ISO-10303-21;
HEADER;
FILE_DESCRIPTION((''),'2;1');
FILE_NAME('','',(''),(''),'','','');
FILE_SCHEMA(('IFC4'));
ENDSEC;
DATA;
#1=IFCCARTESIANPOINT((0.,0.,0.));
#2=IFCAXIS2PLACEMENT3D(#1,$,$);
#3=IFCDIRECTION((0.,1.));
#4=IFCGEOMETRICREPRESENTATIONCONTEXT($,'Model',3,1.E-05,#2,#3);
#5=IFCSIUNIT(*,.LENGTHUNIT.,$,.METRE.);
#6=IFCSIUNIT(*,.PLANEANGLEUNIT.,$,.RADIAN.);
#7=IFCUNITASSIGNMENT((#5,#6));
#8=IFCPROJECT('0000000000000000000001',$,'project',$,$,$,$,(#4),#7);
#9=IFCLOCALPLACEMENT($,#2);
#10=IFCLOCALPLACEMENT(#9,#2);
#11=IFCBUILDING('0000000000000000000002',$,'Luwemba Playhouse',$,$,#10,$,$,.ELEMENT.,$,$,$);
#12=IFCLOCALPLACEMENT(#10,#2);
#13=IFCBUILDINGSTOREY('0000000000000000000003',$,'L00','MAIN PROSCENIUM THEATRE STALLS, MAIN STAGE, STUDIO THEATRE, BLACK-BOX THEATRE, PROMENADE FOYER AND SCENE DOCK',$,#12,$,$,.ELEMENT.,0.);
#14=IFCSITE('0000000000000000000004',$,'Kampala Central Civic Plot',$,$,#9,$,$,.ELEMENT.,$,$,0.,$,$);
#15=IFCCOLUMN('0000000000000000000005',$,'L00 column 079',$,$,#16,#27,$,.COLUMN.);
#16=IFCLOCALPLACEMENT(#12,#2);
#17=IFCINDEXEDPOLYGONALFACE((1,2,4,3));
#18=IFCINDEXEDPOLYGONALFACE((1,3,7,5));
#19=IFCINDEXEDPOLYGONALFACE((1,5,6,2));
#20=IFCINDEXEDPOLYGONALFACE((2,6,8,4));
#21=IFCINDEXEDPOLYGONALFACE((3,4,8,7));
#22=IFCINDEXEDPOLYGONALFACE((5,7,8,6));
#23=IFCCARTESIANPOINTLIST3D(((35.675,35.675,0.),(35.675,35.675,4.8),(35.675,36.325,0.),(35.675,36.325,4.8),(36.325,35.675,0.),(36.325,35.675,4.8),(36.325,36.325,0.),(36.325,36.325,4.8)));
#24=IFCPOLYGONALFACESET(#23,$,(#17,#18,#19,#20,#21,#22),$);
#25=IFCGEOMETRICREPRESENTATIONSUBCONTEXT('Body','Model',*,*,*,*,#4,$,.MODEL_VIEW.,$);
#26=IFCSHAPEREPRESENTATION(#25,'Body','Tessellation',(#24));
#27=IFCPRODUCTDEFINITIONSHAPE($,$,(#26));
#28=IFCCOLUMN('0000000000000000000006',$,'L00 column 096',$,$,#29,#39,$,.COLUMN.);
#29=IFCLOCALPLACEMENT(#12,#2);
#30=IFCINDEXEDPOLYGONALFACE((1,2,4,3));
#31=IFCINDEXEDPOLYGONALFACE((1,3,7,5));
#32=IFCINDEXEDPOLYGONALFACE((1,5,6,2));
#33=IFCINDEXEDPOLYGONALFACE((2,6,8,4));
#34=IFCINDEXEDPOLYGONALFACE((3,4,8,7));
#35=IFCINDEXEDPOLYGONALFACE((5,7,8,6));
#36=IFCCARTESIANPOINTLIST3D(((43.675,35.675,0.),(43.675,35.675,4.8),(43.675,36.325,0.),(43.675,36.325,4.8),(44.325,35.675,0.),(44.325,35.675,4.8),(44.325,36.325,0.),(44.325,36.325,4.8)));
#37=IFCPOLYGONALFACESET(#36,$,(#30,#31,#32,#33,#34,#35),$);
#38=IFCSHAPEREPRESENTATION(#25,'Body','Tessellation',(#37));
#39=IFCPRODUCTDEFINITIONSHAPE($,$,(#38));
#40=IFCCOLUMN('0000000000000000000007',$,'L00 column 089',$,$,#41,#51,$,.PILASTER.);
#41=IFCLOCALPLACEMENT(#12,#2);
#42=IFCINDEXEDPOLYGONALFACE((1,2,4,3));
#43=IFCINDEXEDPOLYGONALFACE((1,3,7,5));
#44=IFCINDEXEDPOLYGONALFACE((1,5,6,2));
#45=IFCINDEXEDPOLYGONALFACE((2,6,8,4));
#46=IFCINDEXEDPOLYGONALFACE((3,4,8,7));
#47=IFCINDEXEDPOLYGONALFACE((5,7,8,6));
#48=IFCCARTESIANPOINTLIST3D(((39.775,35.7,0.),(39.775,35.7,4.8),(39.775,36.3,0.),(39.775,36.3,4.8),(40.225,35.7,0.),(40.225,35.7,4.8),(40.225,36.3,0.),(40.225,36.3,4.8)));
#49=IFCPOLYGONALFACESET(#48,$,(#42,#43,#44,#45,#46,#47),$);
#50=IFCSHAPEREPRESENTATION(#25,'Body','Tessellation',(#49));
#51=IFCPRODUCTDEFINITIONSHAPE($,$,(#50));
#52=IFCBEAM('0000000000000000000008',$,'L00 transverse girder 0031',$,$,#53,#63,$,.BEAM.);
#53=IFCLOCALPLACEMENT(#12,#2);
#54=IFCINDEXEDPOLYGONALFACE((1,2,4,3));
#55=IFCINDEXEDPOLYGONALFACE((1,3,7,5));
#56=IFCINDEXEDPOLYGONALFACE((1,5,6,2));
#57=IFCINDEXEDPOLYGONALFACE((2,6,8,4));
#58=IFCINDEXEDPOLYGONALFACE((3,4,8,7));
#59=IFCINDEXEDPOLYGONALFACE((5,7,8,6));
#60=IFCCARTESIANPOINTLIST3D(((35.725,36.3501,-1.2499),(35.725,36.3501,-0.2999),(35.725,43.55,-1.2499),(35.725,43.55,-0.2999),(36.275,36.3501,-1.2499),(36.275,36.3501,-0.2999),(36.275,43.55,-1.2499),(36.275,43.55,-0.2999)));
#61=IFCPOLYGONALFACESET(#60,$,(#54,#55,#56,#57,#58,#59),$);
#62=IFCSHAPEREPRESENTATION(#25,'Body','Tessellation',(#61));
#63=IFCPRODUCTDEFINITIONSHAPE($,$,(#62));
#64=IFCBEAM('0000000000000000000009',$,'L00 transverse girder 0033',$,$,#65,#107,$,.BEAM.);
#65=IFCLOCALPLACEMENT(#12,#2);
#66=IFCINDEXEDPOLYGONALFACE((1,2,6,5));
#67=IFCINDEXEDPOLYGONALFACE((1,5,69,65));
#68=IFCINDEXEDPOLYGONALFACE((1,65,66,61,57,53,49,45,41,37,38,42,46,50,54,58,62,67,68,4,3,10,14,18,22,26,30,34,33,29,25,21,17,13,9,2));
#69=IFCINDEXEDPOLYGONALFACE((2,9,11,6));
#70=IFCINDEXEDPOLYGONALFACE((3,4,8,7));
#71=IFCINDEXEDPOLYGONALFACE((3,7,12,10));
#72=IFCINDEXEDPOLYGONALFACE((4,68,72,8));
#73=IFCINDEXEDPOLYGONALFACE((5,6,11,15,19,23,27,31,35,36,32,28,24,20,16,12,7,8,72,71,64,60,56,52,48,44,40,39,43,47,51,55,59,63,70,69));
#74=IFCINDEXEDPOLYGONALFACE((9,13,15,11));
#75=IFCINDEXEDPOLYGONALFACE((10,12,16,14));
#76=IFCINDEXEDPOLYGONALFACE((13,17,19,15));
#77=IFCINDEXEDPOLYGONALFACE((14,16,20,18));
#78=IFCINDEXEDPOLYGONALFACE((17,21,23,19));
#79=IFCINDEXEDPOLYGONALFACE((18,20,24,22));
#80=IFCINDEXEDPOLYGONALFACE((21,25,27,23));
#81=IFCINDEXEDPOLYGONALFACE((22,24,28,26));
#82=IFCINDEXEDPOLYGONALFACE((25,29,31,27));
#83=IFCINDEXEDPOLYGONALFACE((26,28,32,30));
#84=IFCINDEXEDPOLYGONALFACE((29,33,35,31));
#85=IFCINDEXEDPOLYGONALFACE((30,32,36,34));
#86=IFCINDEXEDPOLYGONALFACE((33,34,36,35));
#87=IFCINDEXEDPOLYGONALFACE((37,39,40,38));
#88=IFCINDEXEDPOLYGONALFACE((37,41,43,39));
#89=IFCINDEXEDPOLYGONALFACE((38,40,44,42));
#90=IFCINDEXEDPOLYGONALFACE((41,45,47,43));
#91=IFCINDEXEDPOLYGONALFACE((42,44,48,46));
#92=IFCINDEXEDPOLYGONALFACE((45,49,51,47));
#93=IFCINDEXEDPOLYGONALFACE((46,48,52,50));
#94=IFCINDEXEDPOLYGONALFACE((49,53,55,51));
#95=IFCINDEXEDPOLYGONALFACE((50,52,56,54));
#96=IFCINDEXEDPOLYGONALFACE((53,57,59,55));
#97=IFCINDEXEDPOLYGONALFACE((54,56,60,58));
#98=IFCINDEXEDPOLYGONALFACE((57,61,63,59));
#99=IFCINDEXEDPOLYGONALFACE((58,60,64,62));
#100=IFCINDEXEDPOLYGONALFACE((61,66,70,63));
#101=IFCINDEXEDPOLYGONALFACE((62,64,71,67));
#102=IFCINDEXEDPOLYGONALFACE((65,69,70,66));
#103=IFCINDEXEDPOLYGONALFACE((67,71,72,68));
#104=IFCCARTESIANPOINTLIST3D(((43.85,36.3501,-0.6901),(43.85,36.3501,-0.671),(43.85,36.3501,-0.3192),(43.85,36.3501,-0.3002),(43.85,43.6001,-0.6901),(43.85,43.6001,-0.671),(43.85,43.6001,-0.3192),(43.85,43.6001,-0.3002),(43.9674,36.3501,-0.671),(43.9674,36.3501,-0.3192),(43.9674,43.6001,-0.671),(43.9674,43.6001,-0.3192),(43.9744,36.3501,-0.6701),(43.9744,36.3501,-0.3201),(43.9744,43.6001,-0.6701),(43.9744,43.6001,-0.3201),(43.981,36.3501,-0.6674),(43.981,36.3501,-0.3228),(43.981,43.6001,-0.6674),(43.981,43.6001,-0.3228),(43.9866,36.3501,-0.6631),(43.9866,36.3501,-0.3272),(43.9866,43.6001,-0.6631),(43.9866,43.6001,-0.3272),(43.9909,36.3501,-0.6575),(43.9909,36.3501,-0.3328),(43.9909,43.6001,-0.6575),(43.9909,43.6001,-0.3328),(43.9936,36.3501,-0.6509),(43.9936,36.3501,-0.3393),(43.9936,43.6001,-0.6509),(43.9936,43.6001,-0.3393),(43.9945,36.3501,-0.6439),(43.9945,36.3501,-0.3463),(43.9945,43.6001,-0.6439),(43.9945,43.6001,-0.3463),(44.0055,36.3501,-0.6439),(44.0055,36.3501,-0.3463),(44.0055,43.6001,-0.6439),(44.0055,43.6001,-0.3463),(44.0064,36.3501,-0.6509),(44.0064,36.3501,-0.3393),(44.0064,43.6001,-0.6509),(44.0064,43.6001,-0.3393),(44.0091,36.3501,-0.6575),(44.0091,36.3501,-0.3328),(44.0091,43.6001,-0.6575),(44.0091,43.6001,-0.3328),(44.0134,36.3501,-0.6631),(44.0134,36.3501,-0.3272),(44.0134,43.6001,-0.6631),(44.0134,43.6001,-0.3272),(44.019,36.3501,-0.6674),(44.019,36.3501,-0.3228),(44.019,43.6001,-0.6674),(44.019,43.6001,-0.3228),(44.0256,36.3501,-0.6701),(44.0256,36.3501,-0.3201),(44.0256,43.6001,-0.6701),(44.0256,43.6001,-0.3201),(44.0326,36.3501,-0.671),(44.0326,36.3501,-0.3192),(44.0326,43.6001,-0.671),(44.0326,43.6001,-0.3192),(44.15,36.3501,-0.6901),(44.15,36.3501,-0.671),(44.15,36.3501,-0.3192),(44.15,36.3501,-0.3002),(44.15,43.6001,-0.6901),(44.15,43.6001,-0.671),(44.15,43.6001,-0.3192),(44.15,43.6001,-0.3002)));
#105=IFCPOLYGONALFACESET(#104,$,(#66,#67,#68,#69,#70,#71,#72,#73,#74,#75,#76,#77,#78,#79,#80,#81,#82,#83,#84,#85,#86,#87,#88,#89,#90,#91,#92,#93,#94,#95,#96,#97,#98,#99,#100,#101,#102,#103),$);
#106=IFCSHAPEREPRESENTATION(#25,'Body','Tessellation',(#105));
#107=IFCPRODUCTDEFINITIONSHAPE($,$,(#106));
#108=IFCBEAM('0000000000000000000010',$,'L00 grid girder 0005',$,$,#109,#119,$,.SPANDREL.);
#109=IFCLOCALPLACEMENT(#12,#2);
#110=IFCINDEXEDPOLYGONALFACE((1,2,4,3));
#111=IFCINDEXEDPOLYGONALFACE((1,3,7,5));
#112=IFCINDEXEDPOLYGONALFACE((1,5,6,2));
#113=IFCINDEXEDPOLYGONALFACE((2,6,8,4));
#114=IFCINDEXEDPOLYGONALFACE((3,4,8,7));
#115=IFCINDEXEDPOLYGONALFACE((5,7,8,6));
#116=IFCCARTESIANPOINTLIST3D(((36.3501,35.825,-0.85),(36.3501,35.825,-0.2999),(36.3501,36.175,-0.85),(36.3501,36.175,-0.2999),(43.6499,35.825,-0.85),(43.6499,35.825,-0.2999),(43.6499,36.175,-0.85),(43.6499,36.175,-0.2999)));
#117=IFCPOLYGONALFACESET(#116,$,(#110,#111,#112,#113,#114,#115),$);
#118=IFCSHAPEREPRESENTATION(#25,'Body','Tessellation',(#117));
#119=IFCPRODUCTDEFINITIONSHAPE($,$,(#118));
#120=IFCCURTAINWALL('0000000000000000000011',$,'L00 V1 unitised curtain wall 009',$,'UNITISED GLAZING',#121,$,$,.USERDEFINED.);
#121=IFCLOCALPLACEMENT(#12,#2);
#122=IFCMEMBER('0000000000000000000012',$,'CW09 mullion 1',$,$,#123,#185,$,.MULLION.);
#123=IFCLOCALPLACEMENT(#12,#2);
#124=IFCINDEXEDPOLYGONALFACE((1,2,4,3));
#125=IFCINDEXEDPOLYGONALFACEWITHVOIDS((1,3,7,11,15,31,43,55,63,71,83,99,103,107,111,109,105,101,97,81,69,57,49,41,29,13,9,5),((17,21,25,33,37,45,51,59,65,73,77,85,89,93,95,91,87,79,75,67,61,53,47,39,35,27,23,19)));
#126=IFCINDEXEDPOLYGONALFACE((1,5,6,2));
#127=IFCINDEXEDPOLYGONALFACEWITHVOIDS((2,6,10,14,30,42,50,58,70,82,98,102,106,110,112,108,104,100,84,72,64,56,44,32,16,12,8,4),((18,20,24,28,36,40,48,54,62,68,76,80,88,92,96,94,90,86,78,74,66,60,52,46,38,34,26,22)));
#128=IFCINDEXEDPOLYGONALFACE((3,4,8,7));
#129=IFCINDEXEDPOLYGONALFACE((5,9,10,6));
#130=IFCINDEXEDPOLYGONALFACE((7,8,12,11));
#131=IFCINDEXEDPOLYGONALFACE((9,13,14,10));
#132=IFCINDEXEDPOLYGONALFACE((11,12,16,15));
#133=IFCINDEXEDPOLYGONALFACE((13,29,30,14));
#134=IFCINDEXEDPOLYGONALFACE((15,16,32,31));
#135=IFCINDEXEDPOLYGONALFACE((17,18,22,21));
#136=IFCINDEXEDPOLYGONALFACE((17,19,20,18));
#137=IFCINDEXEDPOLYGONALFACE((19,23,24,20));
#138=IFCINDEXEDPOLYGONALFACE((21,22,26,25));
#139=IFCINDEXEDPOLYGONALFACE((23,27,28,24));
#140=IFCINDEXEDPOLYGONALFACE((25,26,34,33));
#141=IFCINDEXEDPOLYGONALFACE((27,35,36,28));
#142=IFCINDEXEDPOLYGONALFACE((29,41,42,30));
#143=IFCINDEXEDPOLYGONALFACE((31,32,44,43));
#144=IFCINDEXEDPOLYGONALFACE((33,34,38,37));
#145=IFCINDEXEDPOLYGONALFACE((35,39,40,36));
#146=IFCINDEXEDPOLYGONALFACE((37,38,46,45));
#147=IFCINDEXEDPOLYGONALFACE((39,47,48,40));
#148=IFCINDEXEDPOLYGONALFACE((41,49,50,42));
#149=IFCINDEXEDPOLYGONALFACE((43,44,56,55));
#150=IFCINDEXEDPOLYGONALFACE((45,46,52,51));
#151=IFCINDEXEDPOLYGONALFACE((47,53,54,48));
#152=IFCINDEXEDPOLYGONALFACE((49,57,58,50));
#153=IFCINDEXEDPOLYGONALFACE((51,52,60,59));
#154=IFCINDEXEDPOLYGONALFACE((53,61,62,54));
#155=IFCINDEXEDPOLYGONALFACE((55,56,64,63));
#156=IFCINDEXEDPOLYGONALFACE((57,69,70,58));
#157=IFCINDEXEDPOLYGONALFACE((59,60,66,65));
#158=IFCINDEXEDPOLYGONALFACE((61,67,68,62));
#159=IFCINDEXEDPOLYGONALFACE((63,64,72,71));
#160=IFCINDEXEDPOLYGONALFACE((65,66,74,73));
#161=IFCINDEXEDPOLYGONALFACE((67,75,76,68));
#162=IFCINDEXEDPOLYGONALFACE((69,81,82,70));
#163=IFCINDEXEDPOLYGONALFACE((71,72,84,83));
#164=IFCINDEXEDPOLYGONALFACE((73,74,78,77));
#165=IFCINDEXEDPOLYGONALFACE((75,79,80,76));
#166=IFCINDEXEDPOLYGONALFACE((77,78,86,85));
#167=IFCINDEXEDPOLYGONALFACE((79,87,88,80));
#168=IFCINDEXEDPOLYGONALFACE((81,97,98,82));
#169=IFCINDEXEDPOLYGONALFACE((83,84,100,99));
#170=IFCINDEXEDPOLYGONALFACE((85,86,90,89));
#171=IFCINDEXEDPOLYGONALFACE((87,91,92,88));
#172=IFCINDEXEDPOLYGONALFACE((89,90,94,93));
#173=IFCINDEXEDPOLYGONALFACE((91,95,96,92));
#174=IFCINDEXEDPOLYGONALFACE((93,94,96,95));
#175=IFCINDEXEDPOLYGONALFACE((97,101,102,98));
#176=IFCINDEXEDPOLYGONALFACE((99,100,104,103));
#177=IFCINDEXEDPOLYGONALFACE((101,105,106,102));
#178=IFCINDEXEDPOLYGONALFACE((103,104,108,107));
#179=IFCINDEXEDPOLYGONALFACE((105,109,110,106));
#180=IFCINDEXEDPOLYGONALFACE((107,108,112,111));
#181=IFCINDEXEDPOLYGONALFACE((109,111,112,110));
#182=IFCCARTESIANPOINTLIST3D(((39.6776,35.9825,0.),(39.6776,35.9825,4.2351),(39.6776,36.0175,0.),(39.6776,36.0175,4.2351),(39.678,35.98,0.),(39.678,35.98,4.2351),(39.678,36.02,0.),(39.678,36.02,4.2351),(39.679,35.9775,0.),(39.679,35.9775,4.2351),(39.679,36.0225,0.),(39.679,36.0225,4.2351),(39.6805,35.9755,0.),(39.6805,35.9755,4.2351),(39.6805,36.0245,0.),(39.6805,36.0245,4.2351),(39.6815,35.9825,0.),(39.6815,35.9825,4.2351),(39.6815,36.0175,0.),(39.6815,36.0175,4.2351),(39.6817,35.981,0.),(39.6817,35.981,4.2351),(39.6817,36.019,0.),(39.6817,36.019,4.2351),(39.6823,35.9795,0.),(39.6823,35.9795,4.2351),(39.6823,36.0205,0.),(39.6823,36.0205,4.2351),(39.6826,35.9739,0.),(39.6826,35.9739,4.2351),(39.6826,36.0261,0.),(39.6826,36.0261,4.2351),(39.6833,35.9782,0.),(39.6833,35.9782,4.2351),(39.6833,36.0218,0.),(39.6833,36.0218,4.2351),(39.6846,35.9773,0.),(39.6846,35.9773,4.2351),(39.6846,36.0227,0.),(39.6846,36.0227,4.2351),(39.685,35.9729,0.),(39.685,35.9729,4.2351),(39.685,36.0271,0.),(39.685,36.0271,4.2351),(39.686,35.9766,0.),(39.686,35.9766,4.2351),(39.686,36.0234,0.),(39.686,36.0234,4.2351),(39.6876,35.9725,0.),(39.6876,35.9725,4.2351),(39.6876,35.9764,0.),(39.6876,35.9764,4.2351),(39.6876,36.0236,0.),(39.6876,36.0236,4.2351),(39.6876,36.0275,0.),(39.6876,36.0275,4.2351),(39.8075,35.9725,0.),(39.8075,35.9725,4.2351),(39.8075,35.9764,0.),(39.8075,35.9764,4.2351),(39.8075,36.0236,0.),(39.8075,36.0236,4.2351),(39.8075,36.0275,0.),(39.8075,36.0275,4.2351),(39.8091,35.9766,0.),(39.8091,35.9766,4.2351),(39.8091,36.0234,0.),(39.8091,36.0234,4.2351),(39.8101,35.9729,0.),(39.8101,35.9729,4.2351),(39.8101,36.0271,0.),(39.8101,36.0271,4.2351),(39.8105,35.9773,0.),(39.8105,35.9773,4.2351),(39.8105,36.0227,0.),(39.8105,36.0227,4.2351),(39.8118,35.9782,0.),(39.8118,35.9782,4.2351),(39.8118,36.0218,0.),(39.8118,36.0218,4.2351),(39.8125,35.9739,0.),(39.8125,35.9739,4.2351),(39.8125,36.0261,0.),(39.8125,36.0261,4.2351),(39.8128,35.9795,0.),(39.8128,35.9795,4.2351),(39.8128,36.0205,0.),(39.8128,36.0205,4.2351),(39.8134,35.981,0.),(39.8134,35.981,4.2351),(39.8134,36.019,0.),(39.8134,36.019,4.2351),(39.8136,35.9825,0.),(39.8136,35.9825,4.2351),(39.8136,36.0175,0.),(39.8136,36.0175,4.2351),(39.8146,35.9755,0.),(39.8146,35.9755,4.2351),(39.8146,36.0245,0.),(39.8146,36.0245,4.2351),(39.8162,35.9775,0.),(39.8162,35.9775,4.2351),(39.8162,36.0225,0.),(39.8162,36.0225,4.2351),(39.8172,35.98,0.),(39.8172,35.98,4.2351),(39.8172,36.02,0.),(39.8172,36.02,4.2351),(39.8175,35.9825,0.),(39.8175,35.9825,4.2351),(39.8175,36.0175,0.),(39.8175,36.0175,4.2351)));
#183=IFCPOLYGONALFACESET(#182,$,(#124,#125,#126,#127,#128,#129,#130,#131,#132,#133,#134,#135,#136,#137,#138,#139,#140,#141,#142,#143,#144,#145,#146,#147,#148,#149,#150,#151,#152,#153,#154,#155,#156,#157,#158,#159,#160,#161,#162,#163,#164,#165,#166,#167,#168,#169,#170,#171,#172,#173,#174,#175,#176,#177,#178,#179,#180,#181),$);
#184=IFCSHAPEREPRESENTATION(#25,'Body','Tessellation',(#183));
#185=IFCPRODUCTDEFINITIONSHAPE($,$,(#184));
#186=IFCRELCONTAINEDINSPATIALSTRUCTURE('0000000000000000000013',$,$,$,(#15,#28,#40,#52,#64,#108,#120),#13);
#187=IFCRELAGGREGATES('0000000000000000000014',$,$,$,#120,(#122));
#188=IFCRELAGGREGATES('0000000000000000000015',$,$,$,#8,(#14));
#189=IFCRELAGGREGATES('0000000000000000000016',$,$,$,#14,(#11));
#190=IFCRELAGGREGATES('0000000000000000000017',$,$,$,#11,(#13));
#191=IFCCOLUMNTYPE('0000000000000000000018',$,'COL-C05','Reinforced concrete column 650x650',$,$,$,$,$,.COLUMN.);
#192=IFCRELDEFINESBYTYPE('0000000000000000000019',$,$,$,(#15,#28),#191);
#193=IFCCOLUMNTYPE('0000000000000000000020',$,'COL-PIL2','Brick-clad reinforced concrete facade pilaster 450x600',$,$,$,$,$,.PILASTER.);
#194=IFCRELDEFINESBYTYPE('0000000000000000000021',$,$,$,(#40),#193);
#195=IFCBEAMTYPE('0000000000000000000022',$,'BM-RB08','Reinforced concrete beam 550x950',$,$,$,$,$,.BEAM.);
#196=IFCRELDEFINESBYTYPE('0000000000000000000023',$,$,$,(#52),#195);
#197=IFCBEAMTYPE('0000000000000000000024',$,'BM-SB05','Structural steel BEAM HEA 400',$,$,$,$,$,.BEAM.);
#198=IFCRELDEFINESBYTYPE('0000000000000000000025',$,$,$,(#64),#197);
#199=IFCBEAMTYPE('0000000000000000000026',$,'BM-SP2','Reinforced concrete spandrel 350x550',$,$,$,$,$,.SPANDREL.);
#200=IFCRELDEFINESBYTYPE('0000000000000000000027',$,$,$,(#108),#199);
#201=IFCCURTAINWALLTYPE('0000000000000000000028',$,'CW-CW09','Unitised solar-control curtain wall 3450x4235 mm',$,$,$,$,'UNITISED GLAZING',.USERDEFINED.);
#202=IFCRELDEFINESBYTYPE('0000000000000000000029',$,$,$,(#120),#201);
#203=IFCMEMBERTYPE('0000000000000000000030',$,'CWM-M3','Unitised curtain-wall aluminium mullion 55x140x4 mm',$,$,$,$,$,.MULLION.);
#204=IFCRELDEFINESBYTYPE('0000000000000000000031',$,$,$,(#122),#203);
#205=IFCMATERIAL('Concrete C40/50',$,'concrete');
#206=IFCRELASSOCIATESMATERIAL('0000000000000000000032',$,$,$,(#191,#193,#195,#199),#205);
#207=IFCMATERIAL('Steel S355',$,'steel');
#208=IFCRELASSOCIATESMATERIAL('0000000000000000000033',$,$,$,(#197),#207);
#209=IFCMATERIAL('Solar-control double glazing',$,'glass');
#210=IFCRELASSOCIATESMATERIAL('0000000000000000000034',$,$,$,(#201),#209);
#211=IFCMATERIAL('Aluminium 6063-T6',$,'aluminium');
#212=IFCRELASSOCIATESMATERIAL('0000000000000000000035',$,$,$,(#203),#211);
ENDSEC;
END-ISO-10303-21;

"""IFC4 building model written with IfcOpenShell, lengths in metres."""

from ifc_helpers import new_model, si_unit, direction, frame, origin, origin_2d, place, context, subcontext, project, spatial, rectangle, hollow_rectangle, i_section, extrude, material, material_profile, profile_set, type_object, element, aggregate, save


model = new_model("IFC4")

# Units and contexts
model_context = context("Model", 3, precision=1e-05, world=origin(), true_north=direction((0.0, 1.0)))
body_context = subcontext(model_context, "Body", "Model", "MODEL_VIEW")
ifc_project = project(units=[si_unit("LENGTHUNIT", "METRE"), si_unit("PLANEANGLEUNIT", "RADIAN")], contexts=[model_context])

# Site, building, storey
site_placement = place(None, origin())
site = spatial("IfcSite", under=ifc_project, at=site_placement, Name="Kampala Central Civic Plot", CompositionType="ELEMENT", RefElevation=0.0)
building_placement = place(site_placement, origin())
building = spatial("IfcBuilding", under=site, at=building_placement, Name="Luwemba Playhouse", CompositionType="ELEMENT")
storey_placement = place(building_placement, origin())
storey = spatial("IfcBuildingStorey", under=building, at=storey_placement, Name="L00", Description="MAIN PROSCENIUM THEATRE STALLS, MAIN STAGE, STUDIO THEATRE, BLACK-BOX THEATRE, PROMENADE FOYER AND SCENE DOCK", CompositionType="ELEMENT", Elevation=0.0)

# Columns
ifc_material_1 = material(Name="Concrete C40/50", Category="concrete")
ifc_material_profile_1 = material_profile(ifc_material_1, rectangle(XDim=0.6499, YDim=0.6499, at=origin_2d()))
ifc_profile_set_1 = profile_set([ifc_material_profile_1], Name="Concrete C40/50")
column_type_1 = type_object("IfcColumnType", Name="COL-C05", Description="Reinforced concrete column 650x650", PredefinedType="COLUMN", material=ifc_profile_set_1)
for number, where, z_axis, x_axis, name in (
    (1, (36.0, 36.0, 0.0), (0.0, 0.0, 1.0), (1.0, 0.0, 0.0), "L00 column 079"),
    (2, (44.0, 36.0, 0.0), (0.0, 0.0, 1.0), (1.0, 0.0, 0.0), "L00 column 096"),
):
    element("IfcColumn", number, at=place(storey_placement, frame(where, z_axis=z_axis, x_axis=x_axis)), inside=storey, type_object=column_type_1, Name=name, PredefinedType="COLUMN", context=body_context, shape_type="SweptSolid", body=[
        extrude(rectangle(XDim=0.6499, YDim=0.6499, at=origin_2d()), origin(), (0.0, 0.0, 1.0), 4.8),
    ])
ifc_material_profile_2 = material_profile(ifc_material_1, rectangle(XDim=0.45, YDim=0.6001, at=origin_2d()))
ifc_profile_set_2 = profile_set([ifc_material_profile_2], Name="Concrete C40/50")
column_type_2 = type_object("IfcColumnType", Name="COL-PIL2", Description="Brick-clad reinforced concrete facade pilaster 450x600", PredefinedType="PILASTER", material=ifc_profile_set_2)
column_placement = place(storey_placement, frame((40.0, 36.0, 0.0), z_axis=(0.0, 0.0, 1.0), x_axis=(1.0, 0.0, 0.0)))
element("IfcColumn", 3, at=column_placement, inside=storey, type_object=column_type_2, Name="L00 column 089", PredefinedType="PILASTER", context=body_context, shape_type="SweptSolid", body=[
    extrude(rectangle(XDim=0.45, YDim=0.6001, at=origin_2d()), origin(), (0.0, 0.0, 1.0), 4.8),
])

# Beams
ifc_material_profile_3 = material_profile(ifc_material_1, rectangle(XDim=0.55, YDim=0.95, at=origin_2d()))
ifc_profile_set_3 = profile_set([ifc_material_profile_3], Name="Concrete C40/50")
beam_type_1 = type_object("IfcBeamType", Name="BM-RB08", Description="Reinforced concrete beam 550x950", PredefinedType="BEAM", material=ifc_profile_set_3)
beam_1_placement = place(storey_placement, frame((36.0, 36.3501, -0.7749), z_axis=(0.0, 1.0, 0.0), x_axis=(-1.0, 0.0, 0.0)))
element("IfcBeam", 4, at=beam_1_placement, inside=storey, type_object=beam_type_1, Name="L00 transverse girder 0031", PredefinedType="BEAM", context=body_context, shape_type="SweptSolid", body=[
    extrude(rectangle(XDim=0.55, YDim=0.95, at=origin_2d()), origin(), (0.0, 0.0, 1.0), 7.2),
])
ifc_material_2 = material(Name="Steel S355", Category="steel")
ifc_material_profile_4 = material_profile(ifc_material_2, i_section(OverallWidth=0.3, OverallDepth=0.3899, WebThickness=0.011, FlangeThickness=0.019, FilletRadius=0.0271, at=origin_2d()))
ifc_profile_set_4 = profile_set([ifc_material_profile_4], Name="Steel S355")
beam_type_2 = type_object("IfcBeamType", Name="BM-SB05", Description="Structural steel BEAM HEA 400", PredefinedType="BEAM", material=ifc_profile_set_4)
beam_2_placement = place(storey_placement, frame((44.0, 36.3501, -0.4951), z_axis=(0.0, 1.0, 0.0), x_axis=(-1.0, 0.0, 0.0)))
element("IfcBeam", 5, at=beam_2_placement, inside=storey, type_object=beam_type_2, Name="L00 transverse girder 0033", PredefinedType="BEAM", context=body_context, shape_type="SweptSolid", body=[
    extrude(i_section(OverallWidth=0.3, OverallDepth=0.3899, WebThickness=0.011, FlangeThickness=0.019, FilletRadius=0.0271, at=origin_2d()), origin(), (0.0, 0.0, 1.0), 7.25),
])
ifc_material_profile_5 = material_profile(ifc_material_1, rectangle(XDim=0.3501, YDim=0.55, at=origin_2d()))
ifc_profile_set_5 = profile_set([ifc_material_profile_5], Name="Concrete C40/50")
beam_type_3 = type_object("IfcBeamType", Name="BM-SP2", Description="Reinforced concrete spandrel 350x550", PredefinedType="SPANDREL", material=ifc_profile_set_5)
beam_3_placement = place(storey_placement, frame((36.3501, 36.0, -0.575), z_axis=(1.0, 0.0, 0.0), x_axis=(0.0, 1.0, 0.0)))
element("IfcBeam", 6, at=beam_3_placement, inside=storey, type_object=beam_type_3, Name="L00 grid girder 0005", PredefinedType="SPANDREL", context=body_context, shape_type="SweptSolid", body=[
    extrude(rectangle(XDim=0.3501, YDim=0.55, at=origin_2d()), origin(), (0.0, 0.0, 1.0), 7.2998),
])

# Curtain wall, member
ifc_material_3 = material(Name="Solar-control double glazing", Category="glass")
curtain_wall_type = type_object("IfcCurtainWallType", Name="CW-CW09", Description="Unitised solar-control curtain wall 3450x4235 mm", ElementType="UNITISED GLAZING", PredefinedType="USERDEFINED", material=ifc_material_3)
curtain_wall_placement = place(storey_placement, origin())
curtain_wall = element("IfcCurtainWall", 7, at=curtain_wall_placement, inside=storey, type_object=curtain_wall_type, Name="L00 V1 unitised curtain wall 009", ObjectType="UNITISED GLAZING", PredefinedType="USERDEFINED")
ifc_material_4 = material(Name="Aluminium 6063-T6", Category="aluminium")
ifc_material_profile_6 = material_profile(ifc_material_4, hollow_rectangle(XDim=0.0549, YDim=0.1399, WallThickness=0.0039, InnerFilletRadius=0.0061, OuterFilletRadius=0.01, at=origin_2d()))
ifc_profile_set_6 = profile_set([ifc_material_profile_6], Name="Aluminium 6063-T6")
member_type_1 = type_object("IfcMemberType", Name="CWM-M3", Description="Unitised curtain-wall aluminium mullion 55x140x4 mm", PredefinedType="MULLION", material=ifc_profile_set_6)
member_1_placement = place(storey_placement, frame((39.7476, 36.0, 0.0), z_axis=(0.0, 0.0, 1.0), x_axis=(0.0, -1.0, 0.0)))
member_1 = element("IfcMember", 8, at=member_1_placement, type_object=member_type_1, Name="CW09 mullion 1", PredefinedType="MULLION", context=body_context, shape_type="SweptSolid", body=[
    extrude(hollow_rectangle(XDim=0.0549, YDim=0.1399, WallThickness=0.0039, InnerFilletRadius=0.0061, OuterFilletRadius=0.01, at=origin_2d()), origin(), (0.0, 0.0, 1.0), 4.2351),
])
aggregate(curtain_wall, [member_1])

save(model, "model.ifc")
